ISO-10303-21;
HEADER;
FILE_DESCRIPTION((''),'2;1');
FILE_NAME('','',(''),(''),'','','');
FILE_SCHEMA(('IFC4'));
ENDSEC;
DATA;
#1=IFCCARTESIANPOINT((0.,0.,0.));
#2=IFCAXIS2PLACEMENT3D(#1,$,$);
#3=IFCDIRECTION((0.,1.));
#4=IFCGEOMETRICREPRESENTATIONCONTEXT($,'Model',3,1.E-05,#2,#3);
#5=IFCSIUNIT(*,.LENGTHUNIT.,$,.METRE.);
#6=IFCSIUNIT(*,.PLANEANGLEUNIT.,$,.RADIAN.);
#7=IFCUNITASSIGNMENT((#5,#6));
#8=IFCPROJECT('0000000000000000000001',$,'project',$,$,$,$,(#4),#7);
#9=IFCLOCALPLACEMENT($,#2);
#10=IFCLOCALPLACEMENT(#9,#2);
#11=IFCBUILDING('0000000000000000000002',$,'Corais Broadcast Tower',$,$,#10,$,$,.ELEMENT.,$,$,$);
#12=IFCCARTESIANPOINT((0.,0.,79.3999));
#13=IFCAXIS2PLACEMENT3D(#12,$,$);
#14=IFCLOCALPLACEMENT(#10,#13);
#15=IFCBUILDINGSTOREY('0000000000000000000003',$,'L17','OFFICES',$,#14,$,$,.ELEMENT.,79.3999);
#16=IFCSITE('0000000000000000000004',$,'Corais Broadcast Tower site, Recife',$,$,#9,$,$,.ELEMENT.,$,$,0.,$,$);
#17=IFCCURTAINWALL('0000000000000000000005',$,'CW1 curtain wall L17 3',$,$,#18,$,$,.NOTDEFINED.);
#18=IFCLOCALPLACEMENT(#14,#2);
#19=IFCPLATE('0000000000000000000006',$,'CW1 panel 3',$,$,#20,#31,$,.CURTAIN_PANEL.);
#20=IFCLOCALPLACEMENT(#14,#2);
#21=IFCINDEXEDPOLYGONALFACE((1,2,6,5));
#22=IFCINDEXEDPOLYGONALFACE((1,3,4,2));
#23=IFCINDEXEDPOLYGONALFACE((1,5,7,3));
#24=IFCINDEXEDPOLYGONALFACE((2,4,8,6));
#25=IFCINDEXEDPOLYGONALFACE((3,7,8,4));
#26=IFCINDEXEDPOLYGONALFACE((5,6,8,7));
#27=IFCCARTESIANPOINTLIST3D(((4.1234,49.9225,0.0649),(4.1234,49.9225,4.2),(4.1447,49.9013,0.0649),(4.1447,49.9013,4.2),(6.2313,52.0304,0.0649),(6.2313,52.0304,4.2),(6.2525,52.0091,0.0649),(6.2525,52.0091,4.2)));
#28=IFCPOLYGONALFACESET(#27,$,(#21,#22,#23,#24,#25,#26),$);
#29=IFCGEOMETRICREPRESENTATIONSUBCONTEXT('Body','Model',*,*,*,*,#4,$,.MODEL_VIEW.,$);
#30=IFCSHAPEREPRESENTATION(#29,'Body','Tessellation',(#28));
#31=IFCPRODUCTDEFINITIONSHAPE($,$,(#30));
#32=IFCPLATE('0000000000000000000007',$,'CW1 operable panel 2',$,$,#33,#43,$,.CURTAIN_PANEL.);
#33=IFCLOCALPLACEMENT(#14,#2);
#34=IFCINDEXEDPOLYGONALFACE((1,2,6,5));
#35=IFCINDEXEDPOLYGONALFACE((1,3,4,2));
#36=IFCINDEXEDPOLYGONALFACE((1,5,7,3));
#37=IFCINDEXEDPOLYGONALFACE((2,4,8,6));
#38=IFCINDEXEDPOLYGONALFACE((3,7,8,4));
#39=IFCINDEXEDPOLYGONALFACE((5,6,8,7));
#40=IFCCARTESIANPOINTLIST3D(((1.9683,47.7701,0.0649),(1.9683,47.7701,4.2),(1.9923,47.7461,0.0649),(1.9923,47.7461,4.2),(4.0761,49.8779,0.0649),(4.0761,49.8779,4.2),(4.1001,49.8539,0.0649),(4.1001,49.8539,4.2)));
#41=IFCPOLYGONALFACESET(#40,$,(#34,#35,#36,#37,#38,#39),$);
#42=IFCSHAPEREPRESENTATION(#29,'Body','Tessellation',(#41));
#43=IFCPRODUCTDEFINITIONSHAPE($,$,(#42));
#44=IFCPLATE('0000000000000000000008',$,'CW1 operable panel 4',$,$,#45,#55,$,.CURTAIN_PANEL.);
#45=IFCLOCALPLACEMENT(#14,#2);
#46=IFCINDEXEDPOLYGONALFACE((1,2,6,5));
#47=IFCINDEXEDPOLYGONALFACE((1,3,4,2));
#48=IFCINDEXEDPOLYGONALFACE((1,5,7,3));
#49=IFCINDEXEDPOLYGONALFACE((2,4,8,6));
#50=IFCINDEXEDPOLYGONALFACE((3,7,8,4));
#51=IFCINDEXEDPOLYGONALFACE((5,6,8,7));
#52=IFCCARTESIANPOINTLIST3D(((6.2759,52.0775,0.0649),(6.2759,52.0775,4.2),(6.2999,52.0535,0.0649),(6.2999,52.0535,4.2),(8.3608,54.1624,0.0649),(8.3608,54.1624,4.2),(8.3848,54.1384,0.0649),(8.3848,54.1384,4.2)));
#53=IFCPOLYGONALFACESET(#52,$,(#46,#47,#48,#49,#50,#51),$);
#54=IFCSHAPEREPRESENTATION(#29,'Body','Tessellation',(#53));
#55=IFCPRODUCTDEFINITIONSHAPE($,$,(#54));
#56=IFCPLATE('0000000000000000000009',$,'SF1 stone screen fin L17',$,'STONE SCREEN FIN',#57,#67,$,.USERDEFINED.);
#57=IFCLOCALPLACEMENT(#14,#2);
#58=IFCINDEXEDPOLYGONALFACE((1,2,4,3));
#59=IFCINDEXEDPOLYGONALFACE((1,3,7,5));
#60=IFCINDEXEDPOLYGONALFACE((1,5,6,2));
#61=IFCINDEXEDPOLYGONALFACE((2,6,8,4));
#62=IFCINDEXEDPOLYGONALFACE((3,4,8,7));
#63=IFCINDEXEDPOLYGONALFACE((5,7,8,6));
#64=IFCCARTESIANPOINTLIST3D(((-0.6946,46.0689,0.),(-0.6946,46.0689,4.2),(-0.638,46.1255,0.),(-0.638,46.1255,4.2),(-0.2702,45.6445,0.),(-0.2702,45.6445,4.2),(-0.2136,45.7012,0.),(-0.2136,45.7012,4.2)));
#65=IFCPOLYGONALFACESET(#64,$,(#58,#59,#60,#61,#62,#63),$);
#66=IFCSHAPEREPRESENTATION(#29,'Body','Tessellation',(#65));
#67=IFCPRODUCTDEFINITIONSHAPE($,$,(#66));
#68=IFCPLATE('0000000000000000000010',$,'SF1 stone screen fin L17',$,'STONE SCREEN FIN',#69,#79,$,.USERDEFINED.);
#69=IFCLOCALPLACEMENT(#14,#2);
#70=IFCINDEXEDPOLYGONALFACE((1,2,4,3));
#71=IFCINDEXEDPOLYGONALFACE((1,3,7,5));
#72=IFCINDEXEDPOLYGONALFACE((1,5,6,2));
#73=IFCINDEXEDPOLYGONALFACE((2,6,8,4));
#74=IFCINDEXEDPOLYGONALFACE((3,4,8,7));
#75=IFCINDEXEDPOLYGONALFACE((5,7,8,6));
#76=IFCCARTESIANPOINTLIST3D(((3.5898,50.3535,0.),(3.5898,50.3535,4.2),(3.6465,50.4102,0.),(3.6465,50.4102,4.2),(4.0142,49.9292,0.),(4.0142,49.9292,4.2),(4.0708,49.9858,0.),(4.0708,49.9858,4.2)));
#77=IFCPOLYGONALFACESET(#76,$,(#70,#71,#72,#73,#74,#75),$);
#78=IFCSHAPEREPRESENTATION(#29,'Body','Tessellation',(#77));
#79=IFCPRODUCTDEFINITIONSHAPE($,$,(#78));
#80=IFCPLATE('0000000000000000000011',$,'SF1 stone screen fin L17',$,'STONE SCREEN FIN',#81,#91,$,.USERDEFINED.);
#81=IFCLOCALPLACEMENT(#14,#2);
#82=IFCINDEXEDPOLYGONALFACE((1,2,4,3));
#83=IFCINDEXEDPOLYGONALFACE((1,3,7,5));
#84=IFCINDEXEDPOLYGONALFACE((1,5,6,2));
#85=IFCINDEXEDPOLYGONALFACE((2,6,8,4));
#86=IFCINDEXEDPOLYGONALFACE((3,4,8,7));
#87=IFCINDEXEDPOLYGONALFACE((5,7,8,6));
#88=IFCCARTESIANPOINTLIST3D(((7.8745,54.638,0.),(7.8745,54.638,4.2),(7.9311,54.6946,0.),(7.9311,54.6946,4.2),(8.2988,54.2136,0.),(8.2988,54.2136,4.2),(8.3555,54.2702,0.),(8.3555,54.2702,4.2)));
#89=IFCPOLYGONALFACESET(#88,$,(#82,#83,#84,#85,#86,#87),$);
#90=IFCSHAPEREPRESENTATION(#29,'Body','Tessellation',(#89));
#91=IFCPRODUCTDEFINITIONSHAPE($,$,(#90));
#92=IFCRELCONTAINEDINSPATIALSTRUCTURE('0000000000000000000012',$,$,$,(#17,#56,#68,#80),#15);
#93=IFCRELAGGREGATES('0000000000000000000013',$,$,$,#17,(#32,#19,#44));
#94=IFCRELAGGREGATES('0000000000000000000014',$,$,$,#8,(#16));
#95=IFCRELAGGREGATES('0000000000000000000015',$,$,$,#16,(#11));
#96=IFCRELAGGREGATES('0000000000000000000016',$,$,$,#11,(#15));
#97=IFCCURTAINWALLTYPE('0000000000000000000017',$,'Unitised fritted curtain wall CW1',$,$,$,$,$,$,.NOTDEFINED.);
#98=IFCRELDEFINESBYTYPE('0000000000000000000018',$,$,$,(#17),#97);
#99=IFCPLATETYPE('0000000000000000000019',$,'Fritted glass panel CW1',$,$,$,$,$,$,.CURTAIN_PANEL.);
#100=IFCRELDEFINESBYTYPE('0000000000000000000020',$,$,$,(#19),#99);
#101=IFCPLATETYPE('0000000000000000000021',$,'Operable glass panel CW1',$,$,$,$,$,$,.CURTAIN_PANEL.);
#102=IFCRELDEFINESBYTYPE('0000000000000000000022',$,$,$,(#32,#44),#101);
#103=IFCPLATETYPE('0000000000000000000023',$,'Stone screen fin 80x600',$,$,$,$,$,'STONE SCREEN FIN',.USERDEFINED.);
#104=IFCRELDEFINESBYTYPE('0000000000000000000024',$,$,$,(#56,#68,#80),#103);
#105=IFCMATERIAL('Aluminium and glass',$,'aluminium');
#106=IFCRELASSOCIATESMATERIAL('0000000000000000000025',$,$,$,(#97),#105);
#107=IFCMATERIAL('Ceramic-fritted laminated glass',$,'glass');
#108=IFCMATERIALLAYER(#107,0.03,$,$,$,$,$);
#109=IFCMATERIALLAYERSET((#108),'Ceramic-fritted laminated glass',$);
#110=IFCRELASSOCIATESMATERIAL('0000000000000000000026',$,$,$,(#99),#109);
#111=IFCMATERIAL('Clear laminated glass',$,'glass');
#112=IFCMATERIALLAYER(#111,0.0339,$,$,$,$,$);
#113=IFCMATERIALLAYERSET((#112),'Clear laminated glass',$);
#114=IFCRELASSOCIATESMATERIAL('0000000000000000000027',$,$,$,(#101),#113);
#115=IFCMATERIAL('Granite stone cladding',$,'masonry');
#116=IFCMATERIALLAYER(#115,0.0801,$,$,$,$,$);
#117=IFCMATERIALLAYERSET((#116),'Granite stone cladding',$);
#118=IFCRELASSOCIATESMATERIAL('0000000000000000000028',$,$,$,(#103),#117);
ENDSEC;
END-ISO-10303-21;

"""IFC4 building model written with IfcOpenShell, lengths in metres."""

from ifc_helpers import new_model, si_unit, direction, frame, origin, origin_2d, place, context, subcontext, project, spatial, rectangle, extrude, material, layer, layer_set, type_object, element, aggregate, save


model = new_model("IFC4")

# Units and contexts
model_context = context("Model", 3, precision=1e-05, world=origin(), true_north=direction((0.0, 1.0)))
body_context = subcontext(model_context, "Body", "Model", "MODEL_VIEW")
ifc_project = project(units=[si_unit("LENGTHUNIT", "METRE"), si_unit("PLANEANGLEUNIT", "RADIAN")], contexts=[model_context])

# Site, building, storey
site_placement = place(None, origin())
site = spatial("IfcSite", under=ifc_project, at=site_placement, Name="Corais Broadcast Tower site, Recife", CompositionType="ELEMENT", RefElevation=0.0)
building_placement = place(site_placement, origin())
building = spatial("IfcBuilding", under=site, at=building_placement, Name="Corais Broadcast Tower", CompositionType="ELEMENT")
storey_placement = place(building_placement, frame((0.0, 0.0, 79.3999)))
storey = spatial("IfcBuildingStorey", under=building, at=storey_placement, Name="L17", Description="OFFICES", CompositionType="ELEMENT", Elevation=79.3999)

# Shared definitions
ifc_material_1 = material(Name="Aluminium and glass", Category="aluminium")
curtain_wall_type = type_object("IfcCurtainWallType", Name="Unitised fritted curtain wall CW1", PredefinedType="NOTDEFINED", material=ifc_material_1)

# Curtain wall
curtain_wall_1_placement = place(storey_placement, origin())
curtain_wall_1 = element("IfcCurtainWall", 1, at=curtain_wall_1_placement, inside=storey, type_object=curtain_wall_type, Name="CW1 curtain wall L17 3", PredefinedType="NOTDEFINED")

# Plates
ifc_material_2 = material(Name="Ceramic-fritted laminated glass", Category="glass")
ifc_layer_1 = layer(ifc_material_2, 0.03)
ifc_layer_set_1 = layer_set([ifc_layer_1], Name="Ceramic-fritted laminated glass")
plate_type_1 = type_object("IfcPlateType", Name="Fritted glass panel CW1", PredefinedType="CURTAIN_PANEL", material=ifc_layer_set_1)
plate_1_placement = place(storey_placement, frame((5.188, 50.9658, 0.0649), z_axis=(0.0, 0.0, 1.0), x_axis=(0.707107, 0.707107, 0.0)))
plate_1 = element("IfcPlate", 2, at=plate_1_placement, type_object=plate_type_1, Name="CW1 panel 3", PredefinedType="CURTAIN_PANEL", context=body_context, shape_type="SweptSolid", body=[
    extrude(rectangle(XDim=2.981, YDim=0.03, at=origin_2d()), origin(), (0.0, 0.0, 1.0), 4.135),
])
ifc_material_3 = material(Name="Clear laminated glass", Category="glass")
ifc_layer_2 = layer(ifc_material_3, 0.0339)
ifc_layer_set_2 = layer_set([ifc_layer_2], Name="Clear laminated glass")
plate_type_2 = type_object("IfcPlateType", Name="Operable glass panel CW1", PredefinedType="CURTAIN_PANEL", material=ifc_layer_set_2)
plate_2_placement = place(storey_placement, frame((3.0342, 48.812, 0.0649), z_axis=(0.0, 0.0, 1.0), x_axis=(0.707107, 0.707107, 0.0)))
plate_2 = element("IfcPlate", 3, at=plate_2_placement, type_object=plate_type_2, Name="CW1 operable panel 2", PredefinedType="CURTAIN_PANEL", context=body_context, shape_type="SweptSolid", body=[
    extrude(rectangle(XDim=2.981, YDim=0.0339, at=origin_2d()), origin(), (0.0, 0.0, 1.0), 4.135),
])
plate_3_placement = place(storey_placement, frame((7.3303, 53.1079, 0.0649), z_axis=(0.0, 0.0, 1.0), x_axis=(0.707107, 0.707107, 0.0)))
plate_3 = element("IfcPlate", 4, at=plate_3_placement, type_object=plate_type_2, Name="CW1 operable panel 4", PredefinedType="CURTAIN_PANEL", context=body_context, shape_type="SweptSolid", body=[
    extrude(rectangle(XDim=2.9485, YDim=0.0339, at=origin_2d()), origin(), (0.0, 0.0, 1.0), 4.135),
])
aggregate(curtain_wall_1, [plate_2, plate_1, plate_3])

# Plates
ifc_material_4 = material(Name="Granite stone cladding", Category="masonry")
ifc_layer_3 = layer(ifc_material_4, 0.0801)
ifc_layer_set_3 = layer_set([ifc_layer_3], Name="Granite stone cladding")
plate_type_3 = type_object("IfcPlateType", Name="Stone screen fin 80x600", ElementType="STONE SCREEN FIN", PredefinedType="USERDEFINED", material=ifc_layer_set_3)
for number, where, z_axis, x_axis, name in (
    (5, (-0.4541, 45.885, 0.0), (0.0, 0.0, 1.0), (0.707107, 0.707107, 0.0), "SF1 stone screen fin L17"),
    (6, (3.8303, 50.1697, 0.0), (0.0, 0.0, 1.0), (0.707107, 0.707107, 0.0), "SF1 stone screen fin L17"),
    (7, (8.115, 54.4541, 0.0), (0.0, 0.0, 1.0), (0.707107, 0.707107, 0.0), "SF1 stone screen fin L17"),
):
    element("IfcPlate", number, at=place(storey_placement, frame(where, z_axis=z_axis, x_axis=x_axis)), inside=storey, type_object=plate_type_3, Name=name, ObjectType="STONE SCREEN FIN", PredefinedType="USERDEFINED", context=body_context, shape_type="SweptSolid", body=[
        extrude(rectangle(XDim=0.0801, YDim=0.6001, at=origin_2d()), origin(), (0.0, 0.0, 1.0), 4.2),
    ])

save(model, "model.ifc")
